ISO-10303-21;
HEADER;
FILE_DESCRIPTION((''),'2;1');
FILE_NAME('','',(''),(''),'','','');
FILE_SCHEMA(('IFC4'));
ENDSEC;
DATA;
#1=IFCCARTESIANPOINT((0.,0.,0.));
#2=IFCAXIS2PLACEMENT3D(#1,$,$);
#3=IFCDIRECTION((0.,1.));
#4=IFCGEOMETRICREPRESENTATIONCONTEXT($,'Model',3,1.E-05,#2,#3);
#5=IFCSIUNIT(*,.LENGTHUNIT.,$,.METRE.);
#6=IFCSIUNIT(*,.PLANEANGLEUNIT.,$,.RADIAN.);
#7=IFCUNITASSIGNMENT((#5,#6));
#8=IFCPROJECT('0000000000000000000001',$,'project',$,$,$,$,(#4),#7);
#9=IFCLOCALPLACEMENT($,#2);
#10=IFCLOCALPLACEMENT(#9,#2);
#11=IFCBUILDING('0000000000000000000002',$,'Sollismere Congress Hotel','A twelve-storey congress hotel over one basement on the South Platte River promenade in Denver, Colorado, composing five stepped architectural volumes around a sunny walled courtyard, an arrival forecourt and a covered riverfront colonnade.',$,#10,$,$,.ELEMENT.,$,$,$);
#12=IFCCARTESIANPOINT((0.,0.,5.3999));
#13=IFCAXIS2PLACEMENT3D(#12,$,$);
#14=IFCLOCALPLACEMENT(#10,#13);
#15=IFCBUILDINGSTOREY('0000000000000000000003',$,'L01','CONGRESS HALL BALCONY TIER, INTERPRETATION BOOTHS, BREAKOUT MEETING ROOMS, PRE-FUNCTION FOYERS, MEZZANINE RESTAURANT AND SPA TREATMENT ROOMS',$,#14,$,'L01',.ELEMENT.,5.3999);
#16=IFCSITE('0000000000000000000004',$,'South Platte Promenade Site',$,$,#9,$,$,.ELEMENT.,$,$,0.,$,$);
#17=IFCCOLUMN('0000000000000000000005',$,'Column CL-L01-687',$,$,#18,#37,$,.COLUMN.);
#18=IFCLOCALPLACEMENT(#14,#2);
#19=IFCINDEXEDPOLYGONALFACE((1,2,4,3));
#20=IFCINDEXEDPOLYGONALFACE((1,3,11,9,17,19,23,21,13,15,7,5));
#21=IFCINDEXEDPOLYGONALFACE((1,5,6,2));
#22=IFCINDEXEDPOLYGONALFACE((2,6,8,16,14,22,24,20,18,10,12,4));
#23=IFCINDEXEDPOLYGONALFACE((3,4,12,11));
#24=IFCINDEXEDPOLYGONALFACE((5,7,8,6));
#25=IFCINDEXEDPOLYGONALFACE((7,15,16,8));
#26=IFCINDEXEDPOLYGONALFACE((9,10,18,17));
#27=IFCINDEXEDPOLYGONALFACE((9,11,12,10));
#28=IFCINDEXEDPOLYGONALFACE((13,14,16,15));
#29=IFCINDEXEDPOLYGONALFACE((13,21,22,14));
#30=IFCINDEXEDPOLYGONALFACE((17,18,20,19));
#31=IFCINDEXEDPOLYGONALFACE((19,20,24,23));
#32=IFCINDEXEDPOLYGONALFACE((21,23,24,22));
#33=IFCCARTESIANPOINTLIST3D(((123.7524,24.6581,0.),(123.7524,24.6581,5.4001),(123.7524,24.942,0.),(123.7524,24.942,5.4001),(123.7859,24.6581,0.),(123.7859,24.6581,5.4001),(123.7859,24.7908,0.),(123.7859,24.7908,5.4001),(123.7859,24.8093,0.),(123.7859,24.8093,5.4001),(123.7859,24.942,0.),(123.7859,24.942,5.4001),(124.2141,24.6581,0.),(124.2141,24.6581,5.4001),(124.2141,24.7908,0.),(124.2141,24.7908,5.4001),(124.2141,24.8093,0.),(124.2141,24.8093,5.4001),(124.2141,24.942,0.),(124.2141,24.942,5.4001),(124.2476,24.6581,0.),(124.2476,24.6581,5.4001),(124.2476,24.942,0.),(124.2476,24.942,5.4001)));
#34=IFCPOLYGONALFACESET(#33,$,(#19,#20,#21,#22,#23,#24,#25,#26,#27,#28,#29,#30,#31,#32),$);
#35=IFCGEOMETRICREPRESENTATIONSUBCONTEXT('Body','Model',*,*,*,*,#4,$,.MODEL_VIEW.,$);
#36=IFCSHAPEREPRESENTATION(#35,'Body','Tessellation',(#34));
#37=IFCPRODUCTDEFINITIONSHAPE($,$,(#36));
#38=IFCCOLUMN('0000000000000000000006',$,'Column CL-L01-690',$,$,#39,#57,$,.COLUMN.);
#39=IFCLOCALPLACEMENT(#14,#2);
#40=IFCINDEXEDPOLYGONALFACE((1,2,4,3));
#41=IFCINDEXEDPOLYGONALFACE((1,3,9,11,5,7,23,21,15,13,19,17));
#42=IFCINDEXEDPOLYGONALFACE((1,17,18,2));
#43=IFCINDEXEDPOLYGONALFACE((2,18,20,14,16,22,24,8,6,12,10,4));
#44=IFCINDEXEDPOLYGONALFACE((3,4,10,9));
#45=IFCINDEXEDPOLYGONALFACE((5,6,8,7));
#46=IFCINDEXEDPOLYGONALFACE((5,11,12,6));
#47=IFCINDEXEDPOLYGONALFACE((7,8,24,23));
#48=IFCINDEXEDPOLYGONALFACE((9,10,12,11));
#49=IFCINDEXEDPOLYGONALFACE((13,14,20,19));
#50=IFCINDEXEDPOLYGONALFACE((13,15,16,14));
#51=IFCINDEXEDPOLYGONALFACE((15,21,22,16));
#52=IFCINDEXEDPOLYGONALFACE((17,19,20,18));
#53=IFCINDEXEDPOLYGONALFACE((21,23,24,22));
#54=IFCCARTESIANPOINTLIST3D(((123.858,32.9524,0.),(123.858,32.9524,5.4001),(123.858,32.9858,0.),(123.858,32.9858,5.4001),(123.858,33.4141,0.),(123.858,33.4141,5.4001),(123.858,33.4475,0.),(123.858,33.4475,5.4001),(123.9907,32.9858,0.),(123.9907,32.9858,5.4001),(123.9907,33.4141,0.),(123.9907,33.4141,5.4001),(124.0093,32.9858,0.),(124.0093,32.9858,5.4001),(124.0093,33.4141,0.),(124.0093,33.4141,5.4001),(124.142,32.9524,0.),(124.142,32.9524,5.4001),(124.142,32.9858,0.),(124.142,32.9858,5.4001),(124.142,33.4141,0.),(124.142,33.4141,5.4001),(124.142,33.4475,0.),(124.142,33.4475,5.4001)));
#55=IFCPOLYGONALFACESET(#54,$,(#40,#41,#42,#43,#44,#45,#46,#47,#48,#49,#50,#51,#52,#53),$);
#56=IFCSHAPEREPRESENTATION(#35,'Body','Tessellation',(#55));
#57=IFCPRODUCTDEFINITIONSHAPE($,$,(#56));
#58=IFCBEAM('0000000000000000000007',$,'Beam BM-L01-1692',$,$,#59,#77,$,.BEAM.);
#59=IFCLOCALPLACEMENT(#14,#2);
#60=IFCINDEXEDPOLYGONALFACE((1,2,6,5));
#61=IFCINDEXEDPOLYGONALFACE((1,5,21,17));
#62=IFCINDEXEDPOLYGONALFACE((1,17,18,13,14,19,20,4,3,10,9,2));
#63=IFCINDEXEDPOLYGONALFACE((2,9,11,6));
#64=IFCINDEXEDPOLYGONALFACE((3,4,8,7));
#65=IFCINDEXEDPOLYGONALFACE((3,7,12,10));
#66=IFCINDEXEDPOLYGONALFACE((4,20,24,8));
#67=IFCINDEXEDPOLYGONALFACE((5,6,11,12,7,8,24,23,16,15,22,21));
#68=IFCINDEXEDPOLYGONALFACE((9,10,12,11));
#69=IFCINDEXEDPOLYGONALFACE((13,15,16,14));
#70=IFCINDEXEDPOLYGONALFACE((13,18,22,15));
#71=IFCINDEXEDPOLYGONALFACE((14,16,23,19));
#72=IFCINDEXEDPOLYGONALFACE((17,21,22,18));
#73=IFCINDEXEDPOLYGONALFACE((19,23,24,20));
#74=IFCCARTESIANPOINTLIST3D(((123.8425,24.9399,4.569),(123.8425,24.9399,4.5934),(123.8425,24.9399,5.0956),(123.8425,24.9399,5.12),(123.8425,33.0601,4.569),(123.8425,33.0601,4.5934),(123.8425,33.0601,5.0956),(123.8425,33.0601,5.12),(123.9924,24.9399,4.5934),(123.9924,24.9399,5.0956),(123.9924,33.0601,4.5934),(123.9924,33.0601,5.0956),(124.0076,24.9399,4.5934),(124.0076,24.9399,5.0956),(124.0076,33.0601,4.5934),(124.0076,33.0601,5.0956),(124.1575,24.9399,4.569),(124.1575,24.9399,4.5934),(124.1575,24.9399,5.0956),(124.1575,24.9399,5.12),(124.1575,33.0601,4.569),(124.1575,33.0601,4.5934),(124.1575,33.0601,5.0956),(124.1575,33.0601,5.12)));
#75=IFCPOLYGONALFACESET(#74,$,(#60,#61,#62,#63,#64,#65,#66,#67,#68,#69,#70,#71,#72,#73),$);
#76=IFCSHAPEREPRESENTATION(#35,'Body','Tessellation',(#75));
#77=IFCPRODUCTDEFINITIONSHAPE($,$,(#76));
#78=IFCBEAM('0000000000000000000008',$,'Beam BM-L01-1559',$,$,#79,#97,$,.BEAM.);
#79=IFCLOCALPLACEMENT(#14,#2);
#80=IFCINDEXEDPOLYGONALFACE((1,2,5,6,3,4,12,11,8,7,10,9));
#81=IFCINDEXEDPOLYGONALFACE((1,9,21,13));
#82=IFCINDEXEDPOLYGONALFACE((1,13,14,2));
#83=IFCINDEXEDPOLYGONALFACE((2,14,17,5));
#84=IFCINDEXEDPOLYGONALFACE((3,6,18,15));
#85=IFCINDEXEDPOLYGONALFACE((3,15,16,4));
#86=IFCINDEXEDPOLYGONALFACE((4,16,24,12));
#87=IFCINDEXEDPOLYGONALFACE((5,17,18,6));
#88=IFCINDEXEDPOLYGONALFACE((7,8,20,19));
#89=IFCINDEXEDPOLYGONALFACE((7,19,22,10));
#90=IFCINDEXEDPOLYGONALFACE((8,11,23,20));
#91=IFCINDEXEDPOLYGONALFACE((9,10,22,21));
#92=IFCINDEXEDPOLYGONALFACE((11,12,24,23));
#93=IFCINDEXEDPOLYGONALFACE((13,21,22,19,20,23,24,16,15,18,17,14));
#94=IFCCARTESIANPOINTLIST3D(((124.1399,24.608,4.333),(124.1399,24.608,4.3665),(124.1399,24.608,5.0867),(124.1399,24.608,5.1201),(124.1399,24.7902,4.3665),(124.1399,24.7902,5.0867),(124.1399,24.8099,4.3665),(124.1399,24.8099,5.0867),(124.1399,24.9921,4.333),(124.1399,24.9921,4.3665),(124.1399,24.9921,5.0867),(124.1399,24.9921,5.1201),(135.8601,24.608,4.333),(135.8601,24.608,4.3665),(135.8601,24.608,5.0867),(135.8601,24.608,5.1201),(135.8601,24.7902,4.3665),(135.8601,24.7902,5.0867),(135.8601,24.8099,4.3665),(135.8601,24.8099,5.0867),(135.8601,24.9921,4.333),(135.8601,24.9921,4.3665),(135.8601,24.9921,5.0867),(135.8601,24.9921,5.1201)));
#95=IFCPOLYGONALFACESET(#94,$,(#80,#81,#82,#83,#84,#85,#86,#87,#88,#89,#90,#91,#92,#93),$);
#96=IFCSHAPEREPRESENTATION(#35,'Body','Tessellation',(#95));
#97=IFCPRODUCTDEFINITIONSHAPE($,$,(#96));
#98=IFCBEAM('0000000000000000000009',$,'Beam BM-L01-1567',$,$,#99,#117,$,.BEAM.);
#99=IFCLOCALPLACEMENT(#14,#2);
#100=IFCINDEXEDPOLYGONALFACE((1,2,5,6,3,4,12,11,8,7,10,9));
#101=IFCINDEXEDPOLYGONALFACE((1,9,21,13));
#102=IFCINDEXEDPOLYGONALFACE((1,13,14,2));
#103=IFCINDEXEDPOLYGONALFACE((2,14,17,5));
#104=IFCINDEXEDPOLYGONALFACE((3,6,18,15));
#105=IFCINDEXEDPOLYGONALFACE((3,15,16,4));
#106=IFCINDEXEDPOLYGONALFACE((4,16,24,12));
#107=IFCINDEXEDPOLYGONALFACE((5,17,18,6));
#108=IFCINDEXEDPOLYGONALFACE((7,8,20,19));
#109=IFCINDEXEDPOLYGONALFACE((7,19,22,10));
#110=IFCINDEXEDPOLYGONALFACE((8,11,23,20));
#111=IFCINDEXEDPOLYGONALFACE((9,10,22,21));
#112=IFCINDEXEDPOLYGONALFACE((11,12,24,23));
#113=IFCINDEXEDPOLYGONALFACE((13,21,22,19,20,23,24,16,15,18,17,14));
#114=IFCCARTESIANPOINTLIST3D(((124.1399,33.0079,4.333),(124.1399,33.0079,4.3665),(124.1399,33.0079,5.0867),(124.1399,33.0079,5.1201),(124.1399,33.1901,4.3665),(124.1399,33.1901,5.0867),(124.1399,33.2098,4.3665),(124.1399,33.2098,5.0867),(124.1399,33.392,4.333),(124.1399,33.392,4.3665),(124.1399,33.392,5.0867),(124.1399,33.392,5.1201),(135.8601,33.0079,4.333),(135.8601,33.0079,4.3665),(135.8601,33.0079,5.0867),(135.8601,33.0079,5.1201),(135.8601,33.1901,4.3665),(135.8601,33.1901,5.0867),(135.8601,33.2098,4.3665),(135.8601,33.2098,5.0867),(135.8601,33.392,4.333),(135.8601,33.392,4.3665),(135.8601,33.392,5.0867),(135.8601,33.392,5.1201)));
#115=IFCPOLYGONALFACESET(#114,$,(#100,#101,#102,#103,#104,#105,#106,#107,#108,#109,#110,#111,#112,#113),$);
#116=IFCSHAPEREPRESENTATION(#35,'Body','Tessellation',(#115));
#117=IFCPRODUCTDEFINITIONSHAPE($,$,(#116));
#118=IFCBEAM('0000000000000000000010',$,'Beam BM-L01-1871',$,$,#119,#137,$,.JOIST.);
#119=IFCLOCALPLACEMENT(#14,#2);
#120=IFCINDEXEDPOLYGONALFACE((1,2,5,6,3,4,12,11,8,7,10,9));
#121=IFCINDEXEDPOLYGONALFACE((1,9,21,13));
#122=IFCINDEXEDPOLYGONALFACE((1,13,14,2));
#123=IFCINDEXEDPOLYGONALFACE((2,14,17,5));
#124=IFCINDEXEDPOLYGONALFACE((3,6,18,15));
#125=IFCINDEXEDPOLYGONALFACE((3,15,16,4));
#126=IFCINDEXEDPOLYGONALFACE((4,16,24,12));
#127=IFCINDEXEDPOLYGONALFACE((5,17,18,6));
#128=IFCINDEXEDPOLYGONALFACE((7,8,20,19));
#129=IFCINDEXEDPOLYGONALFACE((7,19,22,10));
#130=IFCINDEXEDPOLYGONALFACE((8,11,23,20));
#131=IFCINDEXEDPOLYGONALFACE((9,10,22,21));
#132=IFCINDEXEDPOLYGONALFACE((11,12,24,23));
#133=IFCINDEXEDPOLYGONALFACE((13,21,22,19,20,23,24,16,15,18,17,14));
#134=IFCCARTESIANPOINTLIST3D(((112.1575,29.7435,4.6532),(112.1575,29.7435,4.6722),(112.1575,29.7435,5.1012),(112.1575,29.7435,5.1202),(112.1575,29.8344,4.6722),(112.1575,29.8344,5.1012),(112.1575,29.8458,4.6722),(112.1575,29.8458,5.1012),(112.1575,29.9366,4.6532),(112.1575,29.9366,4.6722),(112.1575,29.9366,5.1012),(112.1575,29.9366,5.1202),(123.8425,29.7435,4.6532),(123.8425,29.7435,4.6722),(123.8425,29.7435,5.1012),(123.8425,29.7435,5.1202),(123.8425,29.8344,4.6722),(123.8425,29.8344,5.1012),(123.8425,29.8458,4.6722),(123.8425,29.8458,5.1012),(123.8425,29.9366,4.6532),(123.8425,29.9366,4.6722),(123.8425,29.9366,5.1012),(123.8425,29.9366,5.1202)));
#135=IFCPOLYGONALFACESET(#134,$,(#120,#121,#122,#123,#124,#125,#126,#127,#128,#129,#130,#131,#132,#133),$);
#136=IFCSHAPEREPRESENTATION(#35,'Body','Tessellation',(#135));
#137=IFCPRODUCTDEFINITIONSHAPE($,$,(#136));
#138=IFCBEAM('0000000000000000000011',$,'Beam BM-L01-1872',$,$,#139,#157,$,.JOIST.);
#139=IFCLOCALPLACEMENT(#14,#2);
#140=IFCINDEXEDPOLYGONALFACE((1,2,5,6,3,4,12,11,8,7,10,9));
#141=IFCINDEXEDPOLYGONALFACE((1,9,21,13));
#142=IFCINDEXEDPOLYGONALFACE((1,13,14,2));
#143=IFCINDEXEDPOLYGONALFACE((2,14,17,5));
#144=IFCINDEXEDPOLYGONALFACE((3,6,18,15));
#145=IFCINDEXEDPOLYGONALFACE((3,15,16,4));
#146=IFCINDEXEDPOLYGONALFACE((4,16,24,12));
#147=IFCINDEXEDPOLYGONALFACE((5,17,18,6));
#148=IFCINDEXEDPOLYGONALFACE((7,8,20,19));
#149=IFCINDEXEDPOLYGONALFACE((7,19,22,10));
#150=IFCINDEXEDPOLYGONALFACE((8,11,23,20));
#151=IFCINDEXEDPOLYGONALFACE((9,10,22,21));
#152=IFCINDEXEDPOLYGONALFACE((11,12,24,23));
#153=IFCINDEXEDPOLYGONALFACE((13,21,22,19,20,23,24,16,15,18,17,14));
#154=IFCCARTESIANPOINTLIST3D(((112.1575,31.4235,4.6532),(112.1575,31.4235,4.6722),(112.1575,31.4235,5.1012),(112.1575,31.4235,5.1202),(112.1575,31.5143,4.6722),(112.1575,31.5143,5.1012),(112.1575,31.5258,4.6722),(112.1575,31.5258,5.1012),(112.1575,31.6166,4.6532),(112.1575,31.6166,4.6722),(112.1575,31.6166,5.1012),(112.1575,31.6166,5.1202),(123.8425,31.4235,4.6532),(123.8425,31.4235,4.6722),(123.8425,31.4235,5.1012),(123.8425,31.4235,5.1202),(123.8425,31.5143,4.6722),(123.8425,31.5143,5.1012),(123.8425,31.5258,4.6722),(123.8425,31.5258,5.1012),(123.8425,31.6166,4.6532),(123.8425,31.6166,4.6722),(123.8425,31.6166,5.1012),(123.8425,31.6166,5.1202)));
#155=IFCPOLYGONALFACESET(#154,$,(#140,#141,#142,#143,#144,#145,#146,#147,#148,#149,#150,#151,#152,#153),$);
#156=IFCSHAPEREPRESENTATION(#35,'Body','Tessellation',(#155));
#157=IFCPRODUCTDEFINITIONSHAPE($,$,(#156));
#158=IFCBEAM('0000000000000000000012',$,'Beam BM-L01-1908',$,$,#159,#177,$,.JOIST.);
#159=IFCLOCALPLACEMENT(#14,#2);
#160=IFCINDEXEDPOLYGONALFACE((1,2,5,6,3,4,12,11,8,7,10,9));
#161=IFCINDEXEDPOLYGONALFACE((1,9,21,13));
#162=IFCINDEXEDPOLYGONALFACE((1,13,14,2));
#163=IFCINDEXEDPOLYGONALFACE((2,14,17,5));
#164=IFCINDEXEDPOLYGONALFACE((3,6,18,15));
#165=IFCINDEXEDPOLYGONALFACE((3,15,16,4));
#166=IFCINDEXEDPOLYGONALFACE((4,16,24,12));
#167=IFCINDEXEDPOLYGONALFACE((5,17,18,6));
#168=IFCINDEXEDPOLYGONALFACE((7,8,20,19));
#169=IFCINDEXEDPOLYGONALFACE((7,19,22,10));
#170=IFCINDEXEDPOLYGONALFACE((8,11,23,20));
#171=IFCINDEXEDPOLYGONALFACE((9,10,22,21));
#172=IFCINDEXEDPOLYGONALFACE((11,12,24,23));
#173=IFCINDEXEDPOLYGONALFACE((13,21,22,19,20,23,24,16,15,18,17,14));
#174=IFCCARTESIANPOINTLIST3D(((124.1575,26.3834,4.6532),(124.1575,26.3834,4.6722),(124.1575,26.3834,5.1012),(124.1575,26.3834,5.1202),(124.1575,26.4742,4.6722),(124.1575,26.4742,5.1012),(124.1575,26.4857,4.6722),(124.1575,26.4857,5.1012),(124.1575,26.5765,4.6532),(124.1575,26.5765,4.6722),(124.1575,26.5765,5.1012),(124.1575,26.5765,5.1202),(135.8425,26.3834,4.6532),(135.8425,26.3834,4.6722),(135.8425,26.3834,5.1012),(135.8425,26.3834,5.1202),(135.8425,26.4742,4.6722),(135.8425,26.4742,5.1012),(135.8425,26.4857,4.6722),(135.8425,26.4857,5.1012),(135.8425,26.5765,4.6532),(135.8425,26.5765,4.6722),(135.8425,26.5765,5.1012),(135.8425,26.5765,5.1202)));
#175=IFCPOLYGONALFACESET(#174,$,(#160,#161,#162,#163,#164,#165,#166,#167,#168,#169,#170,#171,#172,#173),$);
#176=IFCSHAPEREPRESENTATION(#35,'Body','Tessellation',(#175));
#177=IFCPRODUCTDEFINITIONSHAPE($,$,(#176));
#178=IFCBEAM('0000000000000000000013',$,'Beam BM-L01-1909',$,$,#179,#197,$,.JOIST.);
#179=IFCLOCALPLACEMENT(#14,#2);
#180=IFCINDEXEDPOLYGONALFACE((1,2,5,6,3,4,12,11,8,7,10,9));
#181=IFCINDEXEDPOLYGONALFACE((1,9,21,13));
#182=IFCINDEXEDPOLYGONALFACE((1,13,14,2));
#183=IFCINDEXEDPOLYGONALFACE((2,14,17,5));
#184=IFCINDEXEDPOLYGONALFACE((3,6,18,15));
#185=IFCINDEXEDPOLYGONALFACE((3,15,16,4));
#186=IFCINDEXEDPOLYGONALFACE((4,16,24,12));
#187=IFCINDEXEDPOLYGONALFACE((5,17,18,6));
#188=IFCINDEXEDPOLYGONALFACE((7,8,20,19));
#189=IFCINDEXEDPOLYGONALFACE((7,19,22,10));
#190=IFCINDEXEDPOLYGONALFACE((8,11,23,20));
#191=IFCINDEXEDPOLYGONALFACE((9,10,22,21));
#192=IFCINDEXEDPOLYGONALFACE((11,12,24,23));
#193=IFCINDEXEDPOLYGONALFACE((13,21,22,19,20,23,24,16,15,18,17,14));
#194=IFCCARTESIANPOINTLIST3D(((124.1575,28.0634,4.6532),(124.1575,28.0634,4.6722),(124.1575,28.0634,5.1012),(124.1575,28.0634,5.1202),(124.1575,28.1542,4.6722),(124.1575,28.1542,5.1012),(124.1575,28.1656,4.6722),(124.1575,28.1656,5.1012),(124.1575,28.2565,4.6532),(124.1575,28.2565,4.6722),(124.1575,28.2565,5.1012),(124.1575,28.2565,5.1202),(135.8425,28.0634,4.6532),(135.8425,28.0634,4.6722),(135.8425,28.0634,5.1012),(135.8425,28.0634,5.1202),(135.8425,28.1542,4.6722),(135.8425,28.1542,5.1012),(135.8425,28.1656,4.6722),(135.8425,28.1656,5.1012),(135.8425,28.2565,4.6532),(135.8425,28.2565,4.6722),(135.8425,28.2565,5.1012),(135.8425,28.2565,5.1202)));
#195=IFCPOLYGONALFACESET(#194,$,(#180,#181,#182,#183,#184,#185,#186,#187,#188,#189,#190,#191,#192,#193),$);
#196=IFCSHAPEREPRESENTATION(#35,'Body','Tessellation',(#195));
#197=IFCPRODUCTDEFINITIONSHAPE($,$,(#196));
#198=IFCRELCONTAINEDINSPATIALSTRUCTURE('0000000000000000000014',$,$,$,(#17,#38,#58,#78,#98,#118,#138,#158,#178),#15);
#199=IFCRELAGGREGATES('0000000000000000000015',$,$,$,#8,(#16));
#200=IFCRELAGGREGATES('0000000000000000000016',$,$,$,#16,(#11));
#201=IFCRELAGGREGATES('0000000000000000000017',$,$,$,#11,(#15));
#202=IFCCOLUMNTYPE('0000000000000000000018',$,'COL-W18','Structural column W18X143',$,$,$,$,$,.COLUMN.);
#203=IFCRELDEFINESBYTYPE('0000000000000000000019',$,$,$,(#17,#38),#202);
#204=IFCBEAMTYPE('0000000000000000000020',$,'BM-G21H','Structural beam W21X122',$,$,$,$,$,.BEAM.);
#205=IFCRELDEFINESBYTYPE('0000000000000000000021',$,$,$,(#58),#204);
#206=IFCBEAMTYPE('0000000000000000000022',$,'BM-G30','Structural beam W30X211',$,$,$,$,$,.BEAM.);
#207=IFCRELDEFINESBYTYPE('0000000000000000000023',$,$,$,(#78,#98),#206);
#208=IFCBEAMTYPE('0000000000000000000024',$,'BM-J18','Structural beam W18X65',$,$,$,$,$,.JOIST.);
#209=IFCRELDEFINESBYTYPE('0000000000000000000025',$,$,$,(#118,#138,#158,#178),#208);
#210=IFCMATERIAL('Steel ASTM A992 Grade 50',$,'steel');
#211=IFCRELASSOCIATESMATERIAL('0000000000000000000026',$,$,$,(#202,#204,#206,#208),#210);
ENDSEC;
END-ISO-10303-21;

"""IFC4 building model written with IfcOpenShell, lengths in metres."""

from ifc_helpers import new_model, si_unit, direction, frame, origin, origin_2d, place, context, subcontext, project, spatial, i_section, extrude, material, material_profile, profile_set, type_object, element, save


model = new_model("IFC4")

# Units and contexts
model_context = context("Model", 3, precision=1e-05, world=origin(), true_north=direction((0.0, 1.0)))
body_context = subcontext(model_context, "Body", "Model", "MODEL_VIEW")
ifc_project = project(units=[si_unit("LENGTHUNIT", "METRE"), si_unit("PLANEANGLEUNIT", "RADIAN")], contexts=[model_context])

# Site, building, storey
site_placement = place(None, origin())
site = spatial("IfcSite", under=ifc_project, at=site_placement, Name="South Platte Promenade Site", CompositionType="ELEMENT", RefElevation=0.0)
building_placement = place(site_placement, origin())
building = spatial("IfcBuilding", under=site, at=building_placement, Name="Sollismere Congress Hotel", Description="A twelve-storey congress hotel over one basement on the South Platte River promenade in Denver, Colorado, composing five stepped architectural volumes around a sunny walled courtyard, an arrival forecourt and a covered riverfront colonnade.", CompositionType="ELEMENT")
storey_placement = place(building_placement, frame((0.0, 0.0, 5.3999)))
storey = spatial("IfcBuildingStorey", under=building, at=storey_placement, Name="L01", Description="CONGRESS HALL BALCONY TIER, INTERPRETATION BOOTHS, BREAKOUT MEETING ROOMS, PRE-FUNCTION FOYERS, MEZZANINE RESTAURANT AND SPA TREATMENT ROOMS", LongName="L01", CompositionType="ELEMENT", Elevation=5.3999)

# Columns
ifc_material_1 = material(Name="Steel ASTM A992 Grade 50", Category="steel")
ifc_material_profile_1 = material_profile(ifc_material_1, i_section(OverallWidth=0.2839, OverallDepth=0.4951, WebThickness=0.0186, FlangeThickness=0.0334, at=origin_2d()), Name="W18X143")
ifc_profile_set_1 = profile_set([ifc_material_profile_1], Name="Steel ASTM A992 Grade 50")
column_type = type_object("IfcColumnType", Name="COL-W18", Description="Structural column W18X143", PredefinedType="COLUMN", material=ifc_profile_set_1)
for number, where, z_axis, x_axis, name in (
    (1, (124.0, 24.8, 0.0), (0.0, 0.0, 1.0), (0.0, 1.0, 0.0), "Column CL-L01-687"),
    (2, (124.0, 33.2, 0.0), (0.0, 0.0, 1.0), (1.0, 0.0, 0.0), "Column CL-L01-690"),
):
    element("IfcColumn", number, at=place(storey_placement, frame(where, z_axis=z_axis, x_axis=x_axis)), inside=storey, type_object=column_type, Name=name, PredefinedType="COLUMN", context=body_context, shape_type="SweptSolid", body=[
        extrude(i_section(OverallWidth=0.2839, OverallDepth=0.4951, WebThickness=0.0186, FlangeThickness=0.0334, at=origin_2d()), origin(), (0.0, 0.0, 1.0), 5.4001),
    ])

# Beams
ifc_material_profile_2 = material_profile(ifc_material_1, i_section(OverallWidth=0.3149, OverallDepth=0.551, WebThickness=0.0151, FlangeThickness=0.0244, at=origin_2d()), Name="W21X122")
ifc_profile_set_2 = profile_set([ifc_material_profile_2], Name="Steel ASTM A992 Grade 50")
beam_type_1 = type_object("IfcBeamType", Name="BM-G21H", Description="Structural beam W21X122", PredefinedType="BEAM", material=ifc_profile_set_2)
beam_placement = place(storey_placement, frame((124.0, 24.9399, 4.8445), z_axis=(0.0, 1.0, 0.0), x_axis=(-1.0, 0.0, 0.0)))
element("IfcBeam", 3, at=beam_placement, inside=storey, type_object=beam_type_1, Name="Beam BM-L01-1692", PredefinedType="BEAM", context=body_context, shape_type="SweptSolid", body=[
    extrude(i_section(OverallWidth=0.3149, OverallDepth=0.551, WebThickness=0.0151, FlangeThickness=0.0244, at=origin_2d()), origin(), (0.0, 0.0, 1.0), 8.1201),
])
ifc_material_profile_3 = material_profile(ifc_material_1, i_section(OverallWidth=0.384, OverallDepth=0.7871, WebThickness=0.0198, FlangeThickness=0.0334, at=origin_2d()), Name="W30X211")
ifc_profile_set_3 = profile_set([ifc_material_profile_3], Name="Steel ASTM A992 Grade 50")
beam_type_2 = type_object("IfcBeamType", Name="BM-G30", Description="Structural beam W30X211", PredefinedType="BEAM", material=ifc_profile_set_3)
for number, where, z_axis, x_axis, name in (
    (4, (124.1399, 24.8, 4.7266), (1.0, 0.0, 0.0), (0.0, 1.0, 0.0), "Beam BM-L01-1559"),
    (5, (124.1399, 33.2, 4.7266), (1.0, 0.0, 0.0), (0.0, 1.0, 0.0), "Beam BM-L01-1567"),
):
    element("IfcBeam", number, at=place(storey_placement, frame(where, z_axis=z_axis, x_axis=x_axis)), inside=storey, type_object=beam_type_2, Name=name, PredefinedType="BEAM", context=body_context, shape_type="SweptSolid", body=[
        extrude(i_section(OverallWidth=0.384, OverallDepth=0.7871, WebThickness=0.0198, FlangeThickness=0.0334, at=origin_2d()), origin(), (0.0, 0.0, 1.0), 11.7202),
    ])
ifc_material_profile_4 = material_profile(ifc_material_1, i_section(OverallWidth=0.1931, OverallDepth=0.467, WebThickness=0.0115, FlangeThickness=0.019, at=origin_2d()), Name="W18X65")
ifc_profile_set_4 = profile_set([ifc_material_profile_4], Name="Steel ASTM A992 Grade 50")
beam_type_3 = type_object("IfcBeamType", Name="BM-J18", Description="Structural beam W18X65", PredefinedType="JOIST", material=ifc_profile_set_4)
for number, where, z_axis, x_axis, name in (
    (6, (112.1575, 29.8401, 4.8867), (1.0, 0.0, 0.0), (0.0, 1.0, 0.0), "Beam BM-L01-1871"),
    (7, (112.1575, 31.52, 4.8867), (1.0, 0.0, 0.0), (0.0, 1.0, 0.0), "Beam BM-L01-1872"),
    (8, (124.1575, 26.48, 4.8867), (1.0, 0.0, 0.0), (0.0, 1.0, 0.0), "Beam BM-L01-1908"),
    (9, (124.1575, 28.1599, 4.8867), (1.0, 0.0, 0.0), (0.0, 1.0, 0.0), "Beam BM-L01-1909"),
):
    element("IfcBeam", number, at=place(storey_placement, frame(where, z_axis=z_axis, x_axis=x_axis)), inside=storey, type_object=beam_type_3, Name=name, PredefinedType="JOIST", context=body_context, shape_type="SweptSolid", body=[
        extrude(i_section(OverallWidth=0.1931, OverallDepth=0.467, WebThickness=0.0115, FlangeThickness=0.019, at=origin_2d()), origin(), (0.0, 0.0, 1.0), 11.6851),
    ])

save(model, "model.ifc")
